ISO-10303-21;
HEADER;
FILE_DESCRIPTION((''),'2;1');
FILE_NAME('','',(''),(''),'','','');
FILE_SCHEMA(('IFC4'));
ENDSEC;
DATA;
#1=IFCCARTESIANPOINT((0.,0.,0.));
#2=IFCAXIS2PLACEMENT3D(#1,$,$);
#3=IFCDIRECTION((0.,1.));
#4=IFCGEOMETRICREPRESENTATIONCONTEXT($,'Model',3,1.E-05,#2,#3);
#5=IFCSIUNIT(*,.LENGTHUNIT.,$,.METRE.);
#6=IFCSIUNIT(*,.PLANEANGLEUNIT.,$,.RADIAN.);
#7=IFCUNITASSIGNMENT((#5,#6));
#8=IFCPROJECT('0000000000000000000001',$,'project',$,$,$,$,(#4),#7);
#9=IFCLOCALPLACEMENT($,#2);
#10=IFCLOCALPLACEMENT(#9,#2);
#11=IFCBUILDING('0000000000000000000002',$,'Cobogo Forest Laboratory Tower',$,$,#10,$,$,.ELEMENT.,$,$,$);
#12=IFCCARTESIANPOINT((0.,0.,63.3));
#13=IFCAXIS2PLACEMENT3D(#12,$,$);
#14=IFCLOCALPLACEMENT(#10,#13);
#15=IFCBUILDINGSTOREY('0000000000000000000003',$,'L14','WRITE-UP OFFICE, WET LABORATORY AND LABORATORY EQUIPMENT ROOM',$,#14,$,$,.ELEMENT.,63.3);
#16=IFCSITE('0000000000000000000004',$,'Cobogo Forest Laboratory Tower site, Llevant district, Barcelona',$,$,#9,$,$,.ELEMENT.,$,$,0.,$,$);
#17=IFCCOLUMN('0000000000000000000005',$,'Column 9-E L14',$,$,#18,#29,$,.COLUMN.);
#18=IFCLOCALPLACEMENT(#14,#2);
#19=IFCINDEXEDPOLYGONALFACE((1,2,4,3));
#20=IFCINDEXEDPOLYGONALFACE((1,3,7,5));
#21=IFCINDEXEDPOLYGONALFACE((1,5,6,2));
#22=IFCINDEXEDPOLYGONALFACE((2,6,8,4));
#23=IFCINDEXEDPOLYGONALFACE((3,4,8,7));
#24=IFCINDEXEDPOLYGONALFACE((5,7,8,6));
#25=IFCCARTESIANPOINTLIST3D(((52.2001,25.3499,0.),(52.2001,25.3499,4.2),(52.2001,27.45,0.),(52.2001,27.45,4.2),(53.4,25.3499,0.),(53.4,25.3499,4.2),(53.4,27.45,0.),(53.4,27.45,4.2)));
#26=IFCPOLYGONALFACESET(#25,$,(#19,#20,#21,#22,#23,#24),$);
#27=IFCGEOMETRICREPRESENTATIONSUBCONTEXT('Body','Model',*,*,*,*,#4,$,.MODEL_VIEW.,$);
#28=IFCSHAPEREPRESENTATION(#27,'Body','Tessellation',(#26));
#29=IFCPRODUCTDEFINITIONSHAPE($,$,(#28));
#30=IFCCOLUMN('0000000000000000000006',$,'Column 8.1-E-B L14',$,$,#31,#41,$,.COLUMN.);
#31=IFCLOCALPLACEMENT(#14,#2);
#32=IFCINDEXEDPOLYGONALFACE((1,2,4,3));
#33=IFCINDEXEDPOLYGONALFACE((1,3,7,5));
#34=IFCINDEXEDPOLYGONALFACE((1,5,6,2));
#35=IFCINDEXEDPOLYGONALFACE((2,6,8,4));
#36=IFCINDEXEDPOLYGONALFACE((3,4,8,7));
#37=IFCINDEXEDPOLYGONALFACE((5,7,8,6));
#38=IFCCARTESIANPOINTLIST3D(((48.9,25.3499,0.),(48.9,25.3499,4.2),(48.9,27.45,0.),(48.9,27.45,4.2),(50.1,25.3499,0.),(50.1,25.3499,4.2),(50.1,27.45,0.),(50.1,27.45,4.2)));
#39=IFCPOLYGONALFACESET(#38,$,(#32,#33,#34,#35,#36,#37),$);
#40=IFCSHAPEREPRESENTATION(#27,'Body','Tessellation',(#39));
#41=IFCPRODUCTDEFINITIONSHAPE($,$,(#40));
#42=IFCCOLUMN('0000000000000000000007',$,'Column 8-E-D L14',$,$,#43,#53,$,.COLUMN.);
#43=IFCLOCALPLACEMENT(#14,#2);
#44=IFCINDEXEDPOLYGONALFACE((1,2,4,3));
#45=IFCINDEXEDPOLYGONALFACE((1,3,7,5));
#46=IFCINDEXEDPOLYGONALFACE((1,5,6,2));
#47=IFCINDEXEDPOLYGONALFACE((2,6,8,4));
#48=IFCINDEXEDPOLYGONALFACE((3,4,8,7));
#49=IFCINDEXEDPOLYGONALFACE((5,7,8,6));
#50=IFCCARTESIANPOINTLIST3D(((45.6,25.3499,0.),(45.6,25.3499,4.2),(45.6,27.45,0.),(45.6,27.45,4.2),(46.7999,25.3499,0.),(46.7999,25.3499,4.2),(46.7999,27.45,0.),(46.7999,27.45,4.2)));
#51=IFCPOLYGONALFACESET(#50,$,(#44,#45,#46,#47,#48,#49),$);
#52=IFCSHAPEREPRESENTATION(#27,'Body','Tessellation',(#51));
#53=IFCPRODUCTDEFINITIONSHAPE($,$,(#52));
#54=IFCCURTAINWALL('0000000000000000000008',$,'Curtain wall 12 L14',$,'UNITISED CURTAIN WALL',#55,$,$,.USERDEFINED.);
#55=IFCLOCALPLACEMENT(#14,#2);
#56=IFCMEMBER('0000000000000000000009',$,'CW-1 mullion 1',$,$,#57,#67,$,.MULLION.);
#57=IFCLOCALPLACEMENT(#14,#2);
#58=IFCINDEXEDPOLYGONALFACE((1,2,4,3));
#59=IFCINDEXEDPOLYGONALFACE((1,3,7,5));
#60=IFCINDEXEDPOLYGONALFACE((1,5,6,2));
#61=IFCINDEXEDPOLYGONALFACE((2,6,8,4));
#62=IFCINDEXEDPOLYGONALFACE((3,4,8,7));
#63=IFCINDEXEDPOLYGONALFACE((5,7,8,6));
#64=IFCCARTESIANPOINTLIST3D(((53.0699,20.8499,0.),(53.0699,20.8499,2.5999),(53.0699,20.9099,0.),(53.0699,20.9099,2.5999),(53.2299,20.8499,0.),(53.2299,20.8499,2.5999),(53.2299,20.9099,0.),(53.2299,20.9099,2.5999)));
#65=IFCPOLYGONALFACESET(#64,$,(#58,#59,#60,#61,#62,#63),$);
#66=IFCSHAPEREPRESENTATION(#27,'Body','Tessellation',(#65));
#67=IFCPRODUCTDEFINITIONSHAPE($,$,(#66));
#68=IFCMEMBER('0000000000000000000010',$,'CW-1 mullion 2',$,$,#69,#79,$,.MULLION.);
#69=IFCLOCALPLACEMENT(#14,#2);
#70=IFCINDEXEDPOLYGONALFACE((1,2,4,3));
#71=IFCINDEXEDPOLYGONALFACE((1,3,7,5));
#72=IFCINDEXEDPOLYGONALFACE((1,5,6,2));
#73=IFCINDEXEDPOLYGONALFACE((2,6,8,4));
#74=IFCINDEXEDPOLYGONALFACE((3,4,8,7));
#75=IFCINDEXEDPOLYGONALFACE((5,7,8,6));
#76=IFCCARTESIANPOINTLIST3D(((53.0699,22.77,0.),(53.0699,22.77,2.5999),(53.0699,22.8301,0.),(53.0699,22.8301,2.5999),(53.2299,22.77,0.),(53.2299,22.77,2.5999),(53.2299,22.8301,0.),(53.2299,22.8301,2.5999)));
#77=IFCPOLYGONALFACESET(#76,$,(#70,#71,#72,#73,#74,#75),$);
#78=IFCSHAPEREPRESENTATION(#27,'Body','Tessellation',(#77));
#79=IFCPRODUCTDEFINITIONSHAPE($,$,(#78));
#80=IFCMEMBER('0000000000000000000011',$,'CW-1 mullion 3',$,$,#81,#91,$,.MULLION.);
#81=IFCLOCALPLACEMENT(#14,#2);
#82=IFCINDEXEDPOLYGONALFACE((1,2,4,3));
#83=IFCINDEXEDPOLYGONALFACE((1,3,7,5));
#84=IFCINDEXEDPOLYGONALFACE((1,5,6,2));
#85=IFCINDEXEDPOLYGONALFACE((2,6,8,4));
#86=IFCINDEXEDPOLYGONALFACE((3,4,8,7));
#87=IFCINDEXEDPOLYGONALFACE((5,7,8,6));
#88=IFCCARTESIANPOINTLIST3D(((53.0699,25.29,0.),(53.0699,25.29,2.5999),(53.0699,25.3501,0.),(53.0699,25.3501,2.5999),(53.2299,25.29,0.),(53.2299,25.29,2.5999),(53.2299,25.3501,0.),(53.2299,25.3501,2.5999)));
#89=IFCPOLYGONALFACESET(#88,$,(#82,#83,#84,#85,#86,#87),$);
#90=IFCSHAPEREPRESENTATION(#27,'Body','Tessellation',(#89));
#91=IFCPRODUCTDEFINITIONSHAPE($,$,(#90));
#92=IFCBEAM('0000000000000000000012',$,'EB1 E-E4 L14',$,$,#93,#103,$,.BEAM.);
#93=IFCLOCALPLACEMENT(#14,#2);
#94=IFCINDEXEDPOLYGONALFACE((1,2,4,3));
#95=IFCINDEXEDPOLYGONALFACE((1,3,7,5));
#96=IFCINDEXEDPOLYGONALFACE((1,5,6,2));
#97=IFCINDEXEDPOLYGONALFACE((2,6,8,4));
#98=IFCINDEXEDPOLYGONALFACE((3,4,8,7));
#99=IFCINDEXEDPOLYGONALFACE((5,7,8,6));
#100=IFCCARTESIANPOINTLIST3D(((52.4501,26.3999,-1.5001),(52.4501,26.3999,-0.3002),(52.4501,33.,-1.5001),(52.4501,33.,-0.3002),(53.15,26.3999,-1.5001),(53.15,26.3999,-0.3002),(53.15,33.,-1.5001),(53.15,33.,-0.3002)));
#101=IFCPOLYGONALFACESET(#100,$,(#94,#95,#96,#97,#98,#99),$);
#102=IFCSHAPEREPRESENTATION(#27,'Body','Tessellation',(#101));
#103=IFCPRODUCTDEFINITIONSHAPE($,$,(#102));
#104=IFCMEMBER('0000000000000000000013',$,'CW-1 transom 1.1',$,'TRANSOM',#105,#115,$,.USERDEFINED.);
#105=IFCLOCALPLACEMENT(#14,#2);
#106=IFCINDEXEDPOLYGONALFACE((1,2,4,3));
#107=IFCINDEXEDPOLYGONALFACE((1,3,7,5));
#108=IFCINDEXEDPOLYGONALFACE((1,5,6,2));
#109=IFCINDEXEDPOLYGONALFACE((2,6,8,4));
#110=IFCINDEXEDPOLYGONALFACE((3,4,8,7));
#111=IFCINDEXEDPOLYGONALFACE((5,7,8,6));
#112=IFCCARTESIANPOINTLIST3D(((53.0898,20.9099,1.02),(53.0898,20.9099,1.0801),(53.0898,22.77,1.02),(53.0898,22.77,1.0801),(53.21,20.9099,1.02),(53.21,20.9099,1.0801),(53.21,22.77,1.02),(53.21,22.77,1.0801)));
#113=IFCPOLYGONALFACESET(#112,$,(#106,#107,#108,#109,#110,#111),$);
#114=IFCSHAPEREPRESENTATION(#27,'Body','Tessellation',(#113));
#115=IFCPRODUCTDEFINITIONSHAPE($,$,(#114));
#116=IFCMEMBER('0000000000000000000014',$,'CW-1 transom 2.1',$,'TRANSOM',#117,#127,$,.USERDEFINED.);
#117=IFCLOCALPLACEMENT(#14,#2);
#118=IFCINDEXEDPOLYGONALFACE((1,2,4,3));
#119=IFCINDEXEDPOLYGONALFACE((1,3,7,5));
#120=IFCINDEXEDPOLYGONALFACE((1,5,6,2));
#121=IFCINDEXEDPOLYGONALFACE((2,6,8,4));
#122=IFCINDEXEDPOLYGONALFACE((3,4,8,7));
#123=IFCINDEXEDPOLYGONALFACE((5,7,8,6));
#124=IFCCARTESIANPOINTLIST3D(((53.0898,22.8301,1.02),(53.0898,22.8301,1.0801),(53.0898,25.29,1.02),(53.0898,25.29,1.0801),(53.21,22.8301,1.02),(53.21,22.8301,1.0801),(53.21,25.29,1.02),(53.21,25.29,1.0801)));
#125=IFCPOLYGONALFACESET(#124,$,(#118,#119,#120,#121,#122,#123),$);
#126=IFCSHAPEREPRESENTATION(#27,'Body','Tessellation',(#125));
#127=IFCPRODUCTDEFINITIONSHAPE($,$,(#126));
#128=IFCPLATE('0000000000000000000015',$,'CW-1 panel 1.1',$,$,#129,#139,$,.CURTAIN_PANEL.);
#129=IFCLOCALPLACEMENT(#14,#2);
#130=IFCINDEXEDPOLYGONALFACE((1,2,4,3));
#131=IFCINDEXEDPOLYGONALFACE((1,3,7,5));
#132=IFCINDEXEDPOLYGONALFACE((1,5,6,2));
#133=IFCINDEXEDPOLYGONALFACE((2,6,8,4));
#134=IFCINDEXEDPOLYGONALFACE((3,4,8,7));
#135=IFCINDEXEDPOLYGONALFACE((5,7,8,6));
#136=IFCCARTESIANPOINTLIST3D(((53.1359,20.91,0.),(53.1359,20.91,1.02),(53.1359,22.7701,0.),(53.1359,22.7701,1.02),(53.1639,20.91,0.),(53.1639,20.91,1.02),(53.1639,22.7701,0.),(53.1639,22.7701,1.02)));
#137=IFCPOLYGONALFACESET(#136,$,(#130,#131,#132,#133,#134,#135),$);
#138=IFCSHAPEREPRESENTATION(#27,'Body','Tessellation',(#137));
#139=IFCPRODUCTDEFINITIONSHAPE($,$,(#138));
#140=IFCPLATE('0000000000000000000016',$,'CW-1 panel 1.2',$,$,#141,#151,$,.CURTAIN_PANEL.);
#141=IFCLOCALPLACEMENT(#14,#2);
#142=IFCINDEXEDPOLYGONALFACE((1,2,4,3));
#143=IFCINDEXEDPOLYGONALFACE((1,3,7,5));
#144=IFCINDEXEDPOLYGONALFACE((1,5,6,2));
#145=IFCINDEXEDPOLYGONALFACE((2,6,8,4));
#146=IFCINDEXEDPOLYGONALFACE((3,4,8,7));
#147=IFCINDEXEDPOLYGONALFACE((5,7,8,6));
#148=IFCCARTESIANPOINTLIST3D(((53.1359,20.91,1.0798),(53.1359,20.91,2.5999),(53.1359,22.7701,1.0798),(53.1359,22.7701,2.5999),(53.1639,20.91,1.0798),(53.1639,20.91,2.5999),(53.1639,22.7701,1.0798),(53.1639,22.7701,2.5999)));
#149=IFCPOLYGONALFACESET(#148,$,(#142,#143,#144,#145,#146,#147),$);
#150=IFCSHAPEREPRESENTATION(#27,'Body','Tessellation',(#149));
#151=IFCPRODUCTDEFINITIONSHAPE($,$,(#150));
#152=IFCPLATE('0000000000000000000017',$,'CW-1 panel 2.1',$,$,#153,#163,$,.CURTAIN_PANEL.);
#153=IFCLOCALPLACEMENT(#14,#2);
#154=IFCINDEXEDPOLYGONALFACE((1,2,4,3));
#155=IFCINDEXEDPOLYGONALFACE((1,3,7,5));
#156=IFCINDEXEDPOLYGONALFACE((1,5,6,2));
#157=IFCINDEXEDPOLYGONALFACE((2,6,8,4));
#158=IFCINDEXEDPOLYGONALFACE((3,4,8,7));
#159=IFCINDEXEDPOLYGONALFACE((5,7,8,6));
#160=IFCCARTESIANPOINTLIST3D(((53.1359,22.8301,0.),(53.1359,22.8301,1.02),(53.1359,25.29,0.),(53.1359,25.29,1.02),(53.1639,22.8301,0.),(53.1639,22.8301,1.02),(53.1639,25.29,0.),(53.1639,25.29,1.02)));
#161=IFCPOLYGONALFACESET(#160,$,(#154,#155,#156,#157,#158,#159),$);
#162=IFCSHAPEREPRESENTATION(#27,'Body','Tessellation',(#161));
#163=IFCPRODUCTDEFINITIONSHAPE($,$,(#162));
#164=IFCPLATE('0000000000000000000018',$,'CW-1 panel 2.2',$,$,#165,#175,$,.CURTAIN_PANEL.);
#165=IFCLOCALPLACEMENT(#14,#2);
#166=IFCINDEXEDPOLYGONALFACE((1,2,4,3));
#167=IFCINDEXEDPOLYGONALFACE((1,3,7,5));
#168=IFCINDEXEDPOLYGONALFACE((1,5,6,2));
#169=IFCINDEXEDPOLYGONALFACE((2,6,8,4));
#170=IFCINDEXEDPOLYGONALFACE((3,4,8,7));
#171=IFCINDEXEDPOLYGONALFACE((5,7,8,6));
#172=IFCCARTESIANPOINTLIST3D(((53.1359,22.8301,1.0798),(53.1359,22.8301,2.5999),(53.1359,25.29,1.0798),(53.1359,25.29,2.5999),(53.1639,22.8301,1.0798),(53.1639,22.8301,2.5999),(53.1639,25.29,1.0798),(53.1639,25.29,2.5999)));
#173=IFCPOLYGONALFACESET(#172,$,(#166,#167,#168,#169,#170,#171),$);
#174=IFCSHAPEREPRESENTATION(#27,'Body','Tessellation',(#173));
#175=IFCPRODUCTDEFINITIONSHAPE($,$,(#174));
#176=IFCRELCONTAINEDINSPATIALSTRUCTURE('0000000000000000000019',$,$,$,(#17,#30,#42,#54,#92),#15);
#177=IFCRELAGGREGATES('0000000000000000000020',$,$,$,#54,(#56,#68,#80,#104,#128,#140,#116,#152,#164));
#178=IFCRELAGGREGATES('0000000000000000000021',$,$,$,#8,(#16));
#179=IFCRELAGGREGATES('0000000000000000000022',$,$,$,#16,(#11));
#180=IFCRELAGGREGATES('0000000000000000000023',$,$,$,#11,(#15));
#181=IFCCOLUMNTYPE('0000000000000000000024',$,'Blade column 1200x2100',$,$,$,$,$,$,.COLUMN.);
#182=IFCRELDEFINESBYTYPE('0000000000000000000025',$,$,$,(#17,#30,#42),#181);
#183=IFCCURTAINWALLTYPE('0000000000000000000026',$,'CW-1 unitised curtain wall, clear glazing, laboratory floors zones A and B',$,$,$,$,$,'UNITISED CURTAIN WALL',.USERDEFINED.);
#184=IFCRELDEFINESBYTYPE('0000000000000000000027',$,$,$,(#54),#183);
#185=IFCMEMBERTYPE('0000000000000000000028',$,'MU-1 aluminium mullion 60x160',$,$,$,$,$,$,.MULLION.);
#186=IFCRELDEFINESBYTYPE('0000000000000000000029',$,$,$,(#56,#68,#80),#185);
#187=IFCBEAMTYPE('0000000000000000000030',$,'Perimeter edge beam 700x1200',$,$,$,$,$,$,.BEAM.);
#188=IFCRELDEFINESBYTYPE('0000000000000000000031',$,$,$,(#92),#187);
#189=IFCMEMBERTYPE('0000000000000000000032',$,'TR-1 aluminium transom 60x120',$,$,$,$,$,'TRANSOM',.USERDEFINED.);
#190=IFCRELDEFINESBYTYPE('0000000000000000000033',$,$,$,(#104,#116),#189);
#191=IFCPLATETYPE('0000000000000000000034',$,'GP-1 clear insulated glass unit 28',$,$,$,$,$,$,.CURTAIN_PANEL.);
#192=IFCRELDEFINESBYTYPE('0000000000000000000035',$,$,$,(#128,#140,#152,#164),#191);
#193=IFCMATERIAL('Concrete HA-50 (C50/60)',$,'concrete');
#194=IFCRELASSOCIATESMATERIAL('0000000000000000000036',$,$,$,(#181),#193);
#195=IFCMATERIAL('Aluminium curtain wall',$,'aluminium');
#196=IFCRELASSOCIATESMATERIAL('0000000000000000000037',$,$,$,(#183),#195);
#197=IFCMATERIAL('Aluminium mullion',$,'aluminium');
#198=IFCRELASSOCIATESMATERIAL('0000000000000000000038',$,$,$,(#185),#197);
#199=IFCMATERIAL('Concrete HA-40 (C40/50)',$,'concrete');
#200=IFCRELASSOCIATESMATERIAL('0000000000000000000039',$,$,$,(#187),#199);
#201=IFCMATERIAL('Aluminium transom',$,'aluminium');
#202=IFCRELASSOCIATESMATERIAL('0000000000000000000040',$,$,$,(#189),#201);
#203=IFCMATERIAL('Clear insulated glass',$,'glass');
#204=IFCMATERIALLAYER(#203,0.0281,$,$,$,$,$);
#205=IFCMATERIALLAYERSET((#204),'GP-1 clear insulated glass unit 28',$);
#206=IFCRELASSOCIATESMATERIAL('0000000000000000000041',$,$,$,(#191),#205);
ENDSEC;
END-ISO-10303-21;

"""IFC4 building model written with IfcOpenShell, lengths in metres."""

from ifc_helpers import new_model, si_unit, direction, frame, origin, origin_2d, place, context, subcontext, project, spatial, rectangle, extrude, material, layer, layer_set, material_profile, profile_set, type_object, element, aggregate, save


model = new_model("IFC4")

# Units and contexts
model_context = context("Model", 3, precision=1e-05, world=origin(), true_north=direction((0.0, 1.0)))
body_context = subcontext(model_context, "Body", "Model", "MODEL_VIEW")
ifc_project = project(units=[si_unit("LENGTHUNIT", "METRE"), si_unit("PLANEANGLEUNIT", "RADIAN")], contexts=[model_context])

# Site, building, storey
site_placement = place(None, origin())
site = spatial("IfcSite", under=ifc_project, at=site_placement, Name="Cobogo Forest Laboratory Tower site, Llevant district, Barcelona", CompositionType="ELEMENT", RefElevation=0.0)
building_placement = place(site_placement, origin())
building = spatial("IfcBuilding", under=site, at=building_placement, Name="Cobogo Forest Laboratory Tower", CompositionType="ELEMENT")
storey_placement = place(building_placement, frame((0.0, 0.0, 63.3)))
storey = spatial("IfcBuildingStorey", under=building, at=storey_placement, Name="L14", Description="WRITE-UP OFFICE, WET LABORATORY AND LABORATORY EQUIPMENT ROOM", CompositionType="ELEMENT", Elevation=63.3)

# Columns
ifc_material_1 = material(Name="Concrete HA-50 (C50/60)", Category="concrete")
ifc_material_profile_1 = material_profile(ifc_material_1, rectangle(XDim=2.1001, YDim=1.2, at=origin_2d()), Name="RC 1200x2100")
ifc_profile_set_1 = profile_set([ifc_material_profile_1], Name="Concrete HA-50 (C50/60)")
column_type = type_object("IfcColumnType", Name="Blade column 1200x2100", PredefinedType="COLUMN", material=ifc_profile_set_1)
for number, where, z_axis, x_axis, name in (
    (1, (52.8, 26.3999, 0.0), (0.0, 0.0, 1.0), (0.0, 1.0, 0.0), "Column 9-E L14"),
    (2, (49.5, 26.3999, 0.0), (0.0, 0.0, 1.0), (0.0, 1.0, 0.0), "Column 8.1-E-B L14"),
    (3, (46.2, 26.3999, 0.0), (0.0, 0.0, 1.0), (0.0, 1.0, 0.0), "Column 8-E-D L14"),
):
    element("IfcColumn", number, at=place(storey_placement, frame(where, z_axis=z_axis, x_axis=x_axis)), inside=storey, type_object=column_type, Name=name, PredefinedType="COLUMN", context=body_context, shape_type="SweptSolid", body=[
        extrude(rectangle(XDim=2.1001, YDim=1.2, at=origin_2d()), origin(), (0.0, 0.0, 1.0), 4.2),
    ])

# Curtain wall, members
ifc_material_2 = material(Name="Aluminium curtain wall", Category="aluminium")
curtain_wall_type = type_object("IfcCurtainWallType", Name="CW-1 unitised curtain wall, clear glazing, laboratory floors zones A and B", ElementType="UNITISED CURTAIN WALL", PredefinedType="USERDEFINED", material=ifc_material_2)
curtain_wall_placement = place(storey_placement, origin())
curtain_wall = element("IfcCurtainWall", 4, at=curtain_wall_placement, inside=storey, type_object=curtain_wall_type, Name="Curtain wall 12 L14", ObjectType="UNITISED CURTAIN WALL", PredefinedType="USERDEFINED")
ifc_material_3 = material(Name="Aluminium mullion", Category="aluminium")
ifc_material_profile_2 = material_profile(ifc_material_3, rectangle(XDim=0.0601, YDim=0.1599, at=origin_2d()), Name="AL 60x160")
ifc_profile_set_2 = profile_set([ifc_material_profile_2], Name="Aluminium mullion")
member_type_1 = type_object("IfcMemberType", Name="MU-1 aluminium mullion 60x160", PredefinedType="MULLION", material=ifc_profile_set_2)
member_1_placement = place(storey_placement, frame((53.1499, 20.8799, 0.0), z_axis=(0.0, 0.0, 1.0), x_axis=(0.0, 1.0, 0.0)))
member_1 = element("IfcMember", 5, at=member_1_placement, type_object=member_type_1, Name="CW-1 mullion 1", PredefinedType="MULLION", context=body_context, shape_type="SweptSolid", body=[
    extrude(rectangle(XDim=0.0601, YDim=0.1599, at=origin_2d()), origin(), (0.0, 0.0, 1.0), 2.5999),
])
member_2_placement = place(storey_placement, frame((53.1499, 22.8, 0.0), z_axis=(0.0, 0.0, 1.0), x_axis=(0.0, 1.0, 0.0)))
member_2 = element("IfcMember", 6, at=member_2_placement, type_object=member_type_1, Name="CW-1 mullion 2", PredefinedType="MULLION", context=body_context, shape_type="SweptSolid", body=[
    extrude(rectangle(XDim=0.0601, YDim=0.1599, at=origin_2d()), origin(), (0.0, 0.0, 1.0), 2.5999),
])
member_3_placement = place(storey_placement, frame((53.1499, 25.3201, 0.0), z_axis=(0.0, 0.0, 1.0), x_axis=(0.0, 1.0, 0.0)))
member_3 = element("IfcMember", 7, at=member_3_placement, type_object=member_type_1, Name="CW-1 mullion 3", PredefinedType="MULLION", context=body_context, shape_type="SweptSolid", body=[
    extrude(rectangle(XDim=0.0601, YDim=0.1599, at=origin_2d()), origin(), (0.0, 0.0, 1.0), 2.5999),
])

# Beam
ifc_material_4 = material(Name="Concrete HA-40 (C40/50)", Category="concrete")
ifc_material_profile_3 = material_profile(ifc_material_4, rectangle(XDim=0.7, YDim=1.2, at=origin_2d()), Name="RC 700x1200")
ifc_profile_set_3 = profile_set([ifc_material_profile_3], Name="Concrete HA-40 (C40/50)")
beam_type = type_object("IfcBeamType", Name="Perimeter edge beam 700x1200", PredefinedType="BEAM", material=ifc_profile_set_3)
beam_placement = place(storey_placement, frame((52.8, 26.3999, -0.9001), z_axis=(0.0, 1.0, 0.0), x_axis=(-1.0, 0.0, 0.0)))
element("IfcBeam", 8, at=beam_placement, inside=storey, type_object=beam_type, Name="EB1 E-E4 L14", PredefinedType="BEAM", context=body_context, shape_type="SweptSolid", body=[
    extrude(rectangle(XDim=0.7, YDim=1.2, at=origin_2d()), origin(), (0.0, 0.0, 1.0), 6.6001),
])

# Members
ifc_material_5 = material(Name="Aluminium transom", Category="aluminium")
ifc_material_profile_4 = material_profile(ifc_material_5, rectangle(XDim=0.1201, YDim=0.0601, at=origin_2d()), Name="AL 60x120")
ifc_profile_set_4 = profile_set([ifc_material_profile_4], Name="Aluminium transom")
member_type_2 = type_object("IfcMemberType", Name="TR-1 aluminium transom 60x120", ElementType="TRANSOM", PredefinedType="USERDEFINED", material=ifc_profile_set_4)
member_4_placement = place(storey_placement, frame((53.1499, 20.9099, 1.05), z_axis=(0.0, 1.0, 0.0), x_axis=(-1.0, 0.0, 0.0)))
member_4 = element("IfcMember", 9, at=member_4_placement, type_object=member_type_2, Name="CW-1 transom 1.1", ObjectType="TRANSOM", PredefinedType="USERDEFINED", context=body_context, shape_type="SweptSolid", body=[
    extrude(rectangle(XDim=0.1201, YDim=0.0601, at=origin_2d()), origin(), (0.0, 0.0, 1.0), 1.8601),
])
member_5_placement = place(storey_placement, frame((53.1499, 22.8301, 1.05), z_axis=(0.0, 1.0, 0.0), x_axis=(-1.0, 0.0, 0.0)))
member_5 = element("IfcMember", 10, at=member_5_placement, type_object=member_type_2, Name="CW-1 transom 2.1", ObjectType="TRANSOM", PredefinedType="USERDEFINED", context=body_context, shape_type="SweptSolid", body=[
    extrude(rectangle(XDim=0.1201, YDim=0.0601, at=origin_2d()), origin(), (0.0, 0.0, 1.0), 2.46),
])

# Plates
ifc_material_6 = material(Name="Clear insulated glass", Category="glass")
ifc_layer_1 = layer(ifc_material_6, 0.0281)
ifc_layer_set_1 = layer_set([ifc_layer_1], Name="GP-1 clear insulated glass unit 28")
plate_type_1 = type_object("IfcPlateType", Name="GP-1 clear insulated glass unit 28", PredefinedType="CURTAIN_PANEL", material=ifc_layer_set_1)
plate_1_placement = place(storey_placement, frame((53.1499, 21.8401, 0.0), z_axis=(0.0, 0.0, 1.0), x_axis=(0.0, 1.0, 0.0)))
plate_1 = element("IfcPlate", 11, at=plate_1_placement, type_object=plate_type_1, Name="CW-1 panel 1.1", PredefinedType="CURTAIN_PANEL", context=body_context, shape_type="SweptSolid", body=[
    extrude(rectangle(XDim=1.8601, YDim=0.0281, at=origin_2d()), origin(), (0.0, 0.0, 1.0), 1.02),
])
plate_2_placement = place(storey_placement, frame((53.1499, 21.8401, 1.0798), z_axis=(0.0, 0.0, 1.0), x_axis=(0.0, 1.0, 0.0)))
plate_2 = element("IfcPlate", 12, at=plate_2_placement, type_object=plate_type_1, Name="CW-1 panel 1.2", PredefinedType="CURTAIN_PANEL", context=body_context, shape_type="SweptSolid", body=[
    extrude(rectangle(XDim=1.8601, YDim=0.0281, at=origin_2d()), origin(), (0.0, 0.0, 1.0), 1.52),
])
plate_3_placement = place(storey_placement, frame((53.1499, 24.0601, 0.0), z_axis=(0.0, 0.0, 1.0), x_axis=(0.0, 1.0, 0.0)))
plate_3 = element("IfcPlate", 13, at=plate_3_placement, type_object=plate_type_1, Name="CW-1 panel 2.1", PredefinedType="CURTAIN_PANEL", context=body_context, shape_type="SweptSolid", body=[
    extrude(rectangle(XDim=2.46, YDim=0.0281, at=origin_2d()), origin(), (0.0, 0.0, 1.0), 1.02),
])
plate_4_placement = place(storey_placement, frame((53.1499, 24.0601, 1.0798), z_axis=(0.0, 0.0, 1.0), x_axis=(0.0, 1.0, 0.0)))
plate_4 = element("IfcPlate", 14, at=plate_4_placement, type_object=plate_type_1, Name="CW-1 panel 2.2", PredefinedType="CURTAIN_PANEL", context=body_context, shape_type="SweptSolid", body=[
    extrude(rectangle(XDim=2.46, YDim=0.0281, at=origin_2d()), origin(), (0.0, 0.0, 1.0), 1.52),
])
aggregate(curtain_wall, [member_1, member_2, member_3, member_4, plate_1, plate_2, member_5, plate_3, plate_4])

save(model, "model.ifc")
